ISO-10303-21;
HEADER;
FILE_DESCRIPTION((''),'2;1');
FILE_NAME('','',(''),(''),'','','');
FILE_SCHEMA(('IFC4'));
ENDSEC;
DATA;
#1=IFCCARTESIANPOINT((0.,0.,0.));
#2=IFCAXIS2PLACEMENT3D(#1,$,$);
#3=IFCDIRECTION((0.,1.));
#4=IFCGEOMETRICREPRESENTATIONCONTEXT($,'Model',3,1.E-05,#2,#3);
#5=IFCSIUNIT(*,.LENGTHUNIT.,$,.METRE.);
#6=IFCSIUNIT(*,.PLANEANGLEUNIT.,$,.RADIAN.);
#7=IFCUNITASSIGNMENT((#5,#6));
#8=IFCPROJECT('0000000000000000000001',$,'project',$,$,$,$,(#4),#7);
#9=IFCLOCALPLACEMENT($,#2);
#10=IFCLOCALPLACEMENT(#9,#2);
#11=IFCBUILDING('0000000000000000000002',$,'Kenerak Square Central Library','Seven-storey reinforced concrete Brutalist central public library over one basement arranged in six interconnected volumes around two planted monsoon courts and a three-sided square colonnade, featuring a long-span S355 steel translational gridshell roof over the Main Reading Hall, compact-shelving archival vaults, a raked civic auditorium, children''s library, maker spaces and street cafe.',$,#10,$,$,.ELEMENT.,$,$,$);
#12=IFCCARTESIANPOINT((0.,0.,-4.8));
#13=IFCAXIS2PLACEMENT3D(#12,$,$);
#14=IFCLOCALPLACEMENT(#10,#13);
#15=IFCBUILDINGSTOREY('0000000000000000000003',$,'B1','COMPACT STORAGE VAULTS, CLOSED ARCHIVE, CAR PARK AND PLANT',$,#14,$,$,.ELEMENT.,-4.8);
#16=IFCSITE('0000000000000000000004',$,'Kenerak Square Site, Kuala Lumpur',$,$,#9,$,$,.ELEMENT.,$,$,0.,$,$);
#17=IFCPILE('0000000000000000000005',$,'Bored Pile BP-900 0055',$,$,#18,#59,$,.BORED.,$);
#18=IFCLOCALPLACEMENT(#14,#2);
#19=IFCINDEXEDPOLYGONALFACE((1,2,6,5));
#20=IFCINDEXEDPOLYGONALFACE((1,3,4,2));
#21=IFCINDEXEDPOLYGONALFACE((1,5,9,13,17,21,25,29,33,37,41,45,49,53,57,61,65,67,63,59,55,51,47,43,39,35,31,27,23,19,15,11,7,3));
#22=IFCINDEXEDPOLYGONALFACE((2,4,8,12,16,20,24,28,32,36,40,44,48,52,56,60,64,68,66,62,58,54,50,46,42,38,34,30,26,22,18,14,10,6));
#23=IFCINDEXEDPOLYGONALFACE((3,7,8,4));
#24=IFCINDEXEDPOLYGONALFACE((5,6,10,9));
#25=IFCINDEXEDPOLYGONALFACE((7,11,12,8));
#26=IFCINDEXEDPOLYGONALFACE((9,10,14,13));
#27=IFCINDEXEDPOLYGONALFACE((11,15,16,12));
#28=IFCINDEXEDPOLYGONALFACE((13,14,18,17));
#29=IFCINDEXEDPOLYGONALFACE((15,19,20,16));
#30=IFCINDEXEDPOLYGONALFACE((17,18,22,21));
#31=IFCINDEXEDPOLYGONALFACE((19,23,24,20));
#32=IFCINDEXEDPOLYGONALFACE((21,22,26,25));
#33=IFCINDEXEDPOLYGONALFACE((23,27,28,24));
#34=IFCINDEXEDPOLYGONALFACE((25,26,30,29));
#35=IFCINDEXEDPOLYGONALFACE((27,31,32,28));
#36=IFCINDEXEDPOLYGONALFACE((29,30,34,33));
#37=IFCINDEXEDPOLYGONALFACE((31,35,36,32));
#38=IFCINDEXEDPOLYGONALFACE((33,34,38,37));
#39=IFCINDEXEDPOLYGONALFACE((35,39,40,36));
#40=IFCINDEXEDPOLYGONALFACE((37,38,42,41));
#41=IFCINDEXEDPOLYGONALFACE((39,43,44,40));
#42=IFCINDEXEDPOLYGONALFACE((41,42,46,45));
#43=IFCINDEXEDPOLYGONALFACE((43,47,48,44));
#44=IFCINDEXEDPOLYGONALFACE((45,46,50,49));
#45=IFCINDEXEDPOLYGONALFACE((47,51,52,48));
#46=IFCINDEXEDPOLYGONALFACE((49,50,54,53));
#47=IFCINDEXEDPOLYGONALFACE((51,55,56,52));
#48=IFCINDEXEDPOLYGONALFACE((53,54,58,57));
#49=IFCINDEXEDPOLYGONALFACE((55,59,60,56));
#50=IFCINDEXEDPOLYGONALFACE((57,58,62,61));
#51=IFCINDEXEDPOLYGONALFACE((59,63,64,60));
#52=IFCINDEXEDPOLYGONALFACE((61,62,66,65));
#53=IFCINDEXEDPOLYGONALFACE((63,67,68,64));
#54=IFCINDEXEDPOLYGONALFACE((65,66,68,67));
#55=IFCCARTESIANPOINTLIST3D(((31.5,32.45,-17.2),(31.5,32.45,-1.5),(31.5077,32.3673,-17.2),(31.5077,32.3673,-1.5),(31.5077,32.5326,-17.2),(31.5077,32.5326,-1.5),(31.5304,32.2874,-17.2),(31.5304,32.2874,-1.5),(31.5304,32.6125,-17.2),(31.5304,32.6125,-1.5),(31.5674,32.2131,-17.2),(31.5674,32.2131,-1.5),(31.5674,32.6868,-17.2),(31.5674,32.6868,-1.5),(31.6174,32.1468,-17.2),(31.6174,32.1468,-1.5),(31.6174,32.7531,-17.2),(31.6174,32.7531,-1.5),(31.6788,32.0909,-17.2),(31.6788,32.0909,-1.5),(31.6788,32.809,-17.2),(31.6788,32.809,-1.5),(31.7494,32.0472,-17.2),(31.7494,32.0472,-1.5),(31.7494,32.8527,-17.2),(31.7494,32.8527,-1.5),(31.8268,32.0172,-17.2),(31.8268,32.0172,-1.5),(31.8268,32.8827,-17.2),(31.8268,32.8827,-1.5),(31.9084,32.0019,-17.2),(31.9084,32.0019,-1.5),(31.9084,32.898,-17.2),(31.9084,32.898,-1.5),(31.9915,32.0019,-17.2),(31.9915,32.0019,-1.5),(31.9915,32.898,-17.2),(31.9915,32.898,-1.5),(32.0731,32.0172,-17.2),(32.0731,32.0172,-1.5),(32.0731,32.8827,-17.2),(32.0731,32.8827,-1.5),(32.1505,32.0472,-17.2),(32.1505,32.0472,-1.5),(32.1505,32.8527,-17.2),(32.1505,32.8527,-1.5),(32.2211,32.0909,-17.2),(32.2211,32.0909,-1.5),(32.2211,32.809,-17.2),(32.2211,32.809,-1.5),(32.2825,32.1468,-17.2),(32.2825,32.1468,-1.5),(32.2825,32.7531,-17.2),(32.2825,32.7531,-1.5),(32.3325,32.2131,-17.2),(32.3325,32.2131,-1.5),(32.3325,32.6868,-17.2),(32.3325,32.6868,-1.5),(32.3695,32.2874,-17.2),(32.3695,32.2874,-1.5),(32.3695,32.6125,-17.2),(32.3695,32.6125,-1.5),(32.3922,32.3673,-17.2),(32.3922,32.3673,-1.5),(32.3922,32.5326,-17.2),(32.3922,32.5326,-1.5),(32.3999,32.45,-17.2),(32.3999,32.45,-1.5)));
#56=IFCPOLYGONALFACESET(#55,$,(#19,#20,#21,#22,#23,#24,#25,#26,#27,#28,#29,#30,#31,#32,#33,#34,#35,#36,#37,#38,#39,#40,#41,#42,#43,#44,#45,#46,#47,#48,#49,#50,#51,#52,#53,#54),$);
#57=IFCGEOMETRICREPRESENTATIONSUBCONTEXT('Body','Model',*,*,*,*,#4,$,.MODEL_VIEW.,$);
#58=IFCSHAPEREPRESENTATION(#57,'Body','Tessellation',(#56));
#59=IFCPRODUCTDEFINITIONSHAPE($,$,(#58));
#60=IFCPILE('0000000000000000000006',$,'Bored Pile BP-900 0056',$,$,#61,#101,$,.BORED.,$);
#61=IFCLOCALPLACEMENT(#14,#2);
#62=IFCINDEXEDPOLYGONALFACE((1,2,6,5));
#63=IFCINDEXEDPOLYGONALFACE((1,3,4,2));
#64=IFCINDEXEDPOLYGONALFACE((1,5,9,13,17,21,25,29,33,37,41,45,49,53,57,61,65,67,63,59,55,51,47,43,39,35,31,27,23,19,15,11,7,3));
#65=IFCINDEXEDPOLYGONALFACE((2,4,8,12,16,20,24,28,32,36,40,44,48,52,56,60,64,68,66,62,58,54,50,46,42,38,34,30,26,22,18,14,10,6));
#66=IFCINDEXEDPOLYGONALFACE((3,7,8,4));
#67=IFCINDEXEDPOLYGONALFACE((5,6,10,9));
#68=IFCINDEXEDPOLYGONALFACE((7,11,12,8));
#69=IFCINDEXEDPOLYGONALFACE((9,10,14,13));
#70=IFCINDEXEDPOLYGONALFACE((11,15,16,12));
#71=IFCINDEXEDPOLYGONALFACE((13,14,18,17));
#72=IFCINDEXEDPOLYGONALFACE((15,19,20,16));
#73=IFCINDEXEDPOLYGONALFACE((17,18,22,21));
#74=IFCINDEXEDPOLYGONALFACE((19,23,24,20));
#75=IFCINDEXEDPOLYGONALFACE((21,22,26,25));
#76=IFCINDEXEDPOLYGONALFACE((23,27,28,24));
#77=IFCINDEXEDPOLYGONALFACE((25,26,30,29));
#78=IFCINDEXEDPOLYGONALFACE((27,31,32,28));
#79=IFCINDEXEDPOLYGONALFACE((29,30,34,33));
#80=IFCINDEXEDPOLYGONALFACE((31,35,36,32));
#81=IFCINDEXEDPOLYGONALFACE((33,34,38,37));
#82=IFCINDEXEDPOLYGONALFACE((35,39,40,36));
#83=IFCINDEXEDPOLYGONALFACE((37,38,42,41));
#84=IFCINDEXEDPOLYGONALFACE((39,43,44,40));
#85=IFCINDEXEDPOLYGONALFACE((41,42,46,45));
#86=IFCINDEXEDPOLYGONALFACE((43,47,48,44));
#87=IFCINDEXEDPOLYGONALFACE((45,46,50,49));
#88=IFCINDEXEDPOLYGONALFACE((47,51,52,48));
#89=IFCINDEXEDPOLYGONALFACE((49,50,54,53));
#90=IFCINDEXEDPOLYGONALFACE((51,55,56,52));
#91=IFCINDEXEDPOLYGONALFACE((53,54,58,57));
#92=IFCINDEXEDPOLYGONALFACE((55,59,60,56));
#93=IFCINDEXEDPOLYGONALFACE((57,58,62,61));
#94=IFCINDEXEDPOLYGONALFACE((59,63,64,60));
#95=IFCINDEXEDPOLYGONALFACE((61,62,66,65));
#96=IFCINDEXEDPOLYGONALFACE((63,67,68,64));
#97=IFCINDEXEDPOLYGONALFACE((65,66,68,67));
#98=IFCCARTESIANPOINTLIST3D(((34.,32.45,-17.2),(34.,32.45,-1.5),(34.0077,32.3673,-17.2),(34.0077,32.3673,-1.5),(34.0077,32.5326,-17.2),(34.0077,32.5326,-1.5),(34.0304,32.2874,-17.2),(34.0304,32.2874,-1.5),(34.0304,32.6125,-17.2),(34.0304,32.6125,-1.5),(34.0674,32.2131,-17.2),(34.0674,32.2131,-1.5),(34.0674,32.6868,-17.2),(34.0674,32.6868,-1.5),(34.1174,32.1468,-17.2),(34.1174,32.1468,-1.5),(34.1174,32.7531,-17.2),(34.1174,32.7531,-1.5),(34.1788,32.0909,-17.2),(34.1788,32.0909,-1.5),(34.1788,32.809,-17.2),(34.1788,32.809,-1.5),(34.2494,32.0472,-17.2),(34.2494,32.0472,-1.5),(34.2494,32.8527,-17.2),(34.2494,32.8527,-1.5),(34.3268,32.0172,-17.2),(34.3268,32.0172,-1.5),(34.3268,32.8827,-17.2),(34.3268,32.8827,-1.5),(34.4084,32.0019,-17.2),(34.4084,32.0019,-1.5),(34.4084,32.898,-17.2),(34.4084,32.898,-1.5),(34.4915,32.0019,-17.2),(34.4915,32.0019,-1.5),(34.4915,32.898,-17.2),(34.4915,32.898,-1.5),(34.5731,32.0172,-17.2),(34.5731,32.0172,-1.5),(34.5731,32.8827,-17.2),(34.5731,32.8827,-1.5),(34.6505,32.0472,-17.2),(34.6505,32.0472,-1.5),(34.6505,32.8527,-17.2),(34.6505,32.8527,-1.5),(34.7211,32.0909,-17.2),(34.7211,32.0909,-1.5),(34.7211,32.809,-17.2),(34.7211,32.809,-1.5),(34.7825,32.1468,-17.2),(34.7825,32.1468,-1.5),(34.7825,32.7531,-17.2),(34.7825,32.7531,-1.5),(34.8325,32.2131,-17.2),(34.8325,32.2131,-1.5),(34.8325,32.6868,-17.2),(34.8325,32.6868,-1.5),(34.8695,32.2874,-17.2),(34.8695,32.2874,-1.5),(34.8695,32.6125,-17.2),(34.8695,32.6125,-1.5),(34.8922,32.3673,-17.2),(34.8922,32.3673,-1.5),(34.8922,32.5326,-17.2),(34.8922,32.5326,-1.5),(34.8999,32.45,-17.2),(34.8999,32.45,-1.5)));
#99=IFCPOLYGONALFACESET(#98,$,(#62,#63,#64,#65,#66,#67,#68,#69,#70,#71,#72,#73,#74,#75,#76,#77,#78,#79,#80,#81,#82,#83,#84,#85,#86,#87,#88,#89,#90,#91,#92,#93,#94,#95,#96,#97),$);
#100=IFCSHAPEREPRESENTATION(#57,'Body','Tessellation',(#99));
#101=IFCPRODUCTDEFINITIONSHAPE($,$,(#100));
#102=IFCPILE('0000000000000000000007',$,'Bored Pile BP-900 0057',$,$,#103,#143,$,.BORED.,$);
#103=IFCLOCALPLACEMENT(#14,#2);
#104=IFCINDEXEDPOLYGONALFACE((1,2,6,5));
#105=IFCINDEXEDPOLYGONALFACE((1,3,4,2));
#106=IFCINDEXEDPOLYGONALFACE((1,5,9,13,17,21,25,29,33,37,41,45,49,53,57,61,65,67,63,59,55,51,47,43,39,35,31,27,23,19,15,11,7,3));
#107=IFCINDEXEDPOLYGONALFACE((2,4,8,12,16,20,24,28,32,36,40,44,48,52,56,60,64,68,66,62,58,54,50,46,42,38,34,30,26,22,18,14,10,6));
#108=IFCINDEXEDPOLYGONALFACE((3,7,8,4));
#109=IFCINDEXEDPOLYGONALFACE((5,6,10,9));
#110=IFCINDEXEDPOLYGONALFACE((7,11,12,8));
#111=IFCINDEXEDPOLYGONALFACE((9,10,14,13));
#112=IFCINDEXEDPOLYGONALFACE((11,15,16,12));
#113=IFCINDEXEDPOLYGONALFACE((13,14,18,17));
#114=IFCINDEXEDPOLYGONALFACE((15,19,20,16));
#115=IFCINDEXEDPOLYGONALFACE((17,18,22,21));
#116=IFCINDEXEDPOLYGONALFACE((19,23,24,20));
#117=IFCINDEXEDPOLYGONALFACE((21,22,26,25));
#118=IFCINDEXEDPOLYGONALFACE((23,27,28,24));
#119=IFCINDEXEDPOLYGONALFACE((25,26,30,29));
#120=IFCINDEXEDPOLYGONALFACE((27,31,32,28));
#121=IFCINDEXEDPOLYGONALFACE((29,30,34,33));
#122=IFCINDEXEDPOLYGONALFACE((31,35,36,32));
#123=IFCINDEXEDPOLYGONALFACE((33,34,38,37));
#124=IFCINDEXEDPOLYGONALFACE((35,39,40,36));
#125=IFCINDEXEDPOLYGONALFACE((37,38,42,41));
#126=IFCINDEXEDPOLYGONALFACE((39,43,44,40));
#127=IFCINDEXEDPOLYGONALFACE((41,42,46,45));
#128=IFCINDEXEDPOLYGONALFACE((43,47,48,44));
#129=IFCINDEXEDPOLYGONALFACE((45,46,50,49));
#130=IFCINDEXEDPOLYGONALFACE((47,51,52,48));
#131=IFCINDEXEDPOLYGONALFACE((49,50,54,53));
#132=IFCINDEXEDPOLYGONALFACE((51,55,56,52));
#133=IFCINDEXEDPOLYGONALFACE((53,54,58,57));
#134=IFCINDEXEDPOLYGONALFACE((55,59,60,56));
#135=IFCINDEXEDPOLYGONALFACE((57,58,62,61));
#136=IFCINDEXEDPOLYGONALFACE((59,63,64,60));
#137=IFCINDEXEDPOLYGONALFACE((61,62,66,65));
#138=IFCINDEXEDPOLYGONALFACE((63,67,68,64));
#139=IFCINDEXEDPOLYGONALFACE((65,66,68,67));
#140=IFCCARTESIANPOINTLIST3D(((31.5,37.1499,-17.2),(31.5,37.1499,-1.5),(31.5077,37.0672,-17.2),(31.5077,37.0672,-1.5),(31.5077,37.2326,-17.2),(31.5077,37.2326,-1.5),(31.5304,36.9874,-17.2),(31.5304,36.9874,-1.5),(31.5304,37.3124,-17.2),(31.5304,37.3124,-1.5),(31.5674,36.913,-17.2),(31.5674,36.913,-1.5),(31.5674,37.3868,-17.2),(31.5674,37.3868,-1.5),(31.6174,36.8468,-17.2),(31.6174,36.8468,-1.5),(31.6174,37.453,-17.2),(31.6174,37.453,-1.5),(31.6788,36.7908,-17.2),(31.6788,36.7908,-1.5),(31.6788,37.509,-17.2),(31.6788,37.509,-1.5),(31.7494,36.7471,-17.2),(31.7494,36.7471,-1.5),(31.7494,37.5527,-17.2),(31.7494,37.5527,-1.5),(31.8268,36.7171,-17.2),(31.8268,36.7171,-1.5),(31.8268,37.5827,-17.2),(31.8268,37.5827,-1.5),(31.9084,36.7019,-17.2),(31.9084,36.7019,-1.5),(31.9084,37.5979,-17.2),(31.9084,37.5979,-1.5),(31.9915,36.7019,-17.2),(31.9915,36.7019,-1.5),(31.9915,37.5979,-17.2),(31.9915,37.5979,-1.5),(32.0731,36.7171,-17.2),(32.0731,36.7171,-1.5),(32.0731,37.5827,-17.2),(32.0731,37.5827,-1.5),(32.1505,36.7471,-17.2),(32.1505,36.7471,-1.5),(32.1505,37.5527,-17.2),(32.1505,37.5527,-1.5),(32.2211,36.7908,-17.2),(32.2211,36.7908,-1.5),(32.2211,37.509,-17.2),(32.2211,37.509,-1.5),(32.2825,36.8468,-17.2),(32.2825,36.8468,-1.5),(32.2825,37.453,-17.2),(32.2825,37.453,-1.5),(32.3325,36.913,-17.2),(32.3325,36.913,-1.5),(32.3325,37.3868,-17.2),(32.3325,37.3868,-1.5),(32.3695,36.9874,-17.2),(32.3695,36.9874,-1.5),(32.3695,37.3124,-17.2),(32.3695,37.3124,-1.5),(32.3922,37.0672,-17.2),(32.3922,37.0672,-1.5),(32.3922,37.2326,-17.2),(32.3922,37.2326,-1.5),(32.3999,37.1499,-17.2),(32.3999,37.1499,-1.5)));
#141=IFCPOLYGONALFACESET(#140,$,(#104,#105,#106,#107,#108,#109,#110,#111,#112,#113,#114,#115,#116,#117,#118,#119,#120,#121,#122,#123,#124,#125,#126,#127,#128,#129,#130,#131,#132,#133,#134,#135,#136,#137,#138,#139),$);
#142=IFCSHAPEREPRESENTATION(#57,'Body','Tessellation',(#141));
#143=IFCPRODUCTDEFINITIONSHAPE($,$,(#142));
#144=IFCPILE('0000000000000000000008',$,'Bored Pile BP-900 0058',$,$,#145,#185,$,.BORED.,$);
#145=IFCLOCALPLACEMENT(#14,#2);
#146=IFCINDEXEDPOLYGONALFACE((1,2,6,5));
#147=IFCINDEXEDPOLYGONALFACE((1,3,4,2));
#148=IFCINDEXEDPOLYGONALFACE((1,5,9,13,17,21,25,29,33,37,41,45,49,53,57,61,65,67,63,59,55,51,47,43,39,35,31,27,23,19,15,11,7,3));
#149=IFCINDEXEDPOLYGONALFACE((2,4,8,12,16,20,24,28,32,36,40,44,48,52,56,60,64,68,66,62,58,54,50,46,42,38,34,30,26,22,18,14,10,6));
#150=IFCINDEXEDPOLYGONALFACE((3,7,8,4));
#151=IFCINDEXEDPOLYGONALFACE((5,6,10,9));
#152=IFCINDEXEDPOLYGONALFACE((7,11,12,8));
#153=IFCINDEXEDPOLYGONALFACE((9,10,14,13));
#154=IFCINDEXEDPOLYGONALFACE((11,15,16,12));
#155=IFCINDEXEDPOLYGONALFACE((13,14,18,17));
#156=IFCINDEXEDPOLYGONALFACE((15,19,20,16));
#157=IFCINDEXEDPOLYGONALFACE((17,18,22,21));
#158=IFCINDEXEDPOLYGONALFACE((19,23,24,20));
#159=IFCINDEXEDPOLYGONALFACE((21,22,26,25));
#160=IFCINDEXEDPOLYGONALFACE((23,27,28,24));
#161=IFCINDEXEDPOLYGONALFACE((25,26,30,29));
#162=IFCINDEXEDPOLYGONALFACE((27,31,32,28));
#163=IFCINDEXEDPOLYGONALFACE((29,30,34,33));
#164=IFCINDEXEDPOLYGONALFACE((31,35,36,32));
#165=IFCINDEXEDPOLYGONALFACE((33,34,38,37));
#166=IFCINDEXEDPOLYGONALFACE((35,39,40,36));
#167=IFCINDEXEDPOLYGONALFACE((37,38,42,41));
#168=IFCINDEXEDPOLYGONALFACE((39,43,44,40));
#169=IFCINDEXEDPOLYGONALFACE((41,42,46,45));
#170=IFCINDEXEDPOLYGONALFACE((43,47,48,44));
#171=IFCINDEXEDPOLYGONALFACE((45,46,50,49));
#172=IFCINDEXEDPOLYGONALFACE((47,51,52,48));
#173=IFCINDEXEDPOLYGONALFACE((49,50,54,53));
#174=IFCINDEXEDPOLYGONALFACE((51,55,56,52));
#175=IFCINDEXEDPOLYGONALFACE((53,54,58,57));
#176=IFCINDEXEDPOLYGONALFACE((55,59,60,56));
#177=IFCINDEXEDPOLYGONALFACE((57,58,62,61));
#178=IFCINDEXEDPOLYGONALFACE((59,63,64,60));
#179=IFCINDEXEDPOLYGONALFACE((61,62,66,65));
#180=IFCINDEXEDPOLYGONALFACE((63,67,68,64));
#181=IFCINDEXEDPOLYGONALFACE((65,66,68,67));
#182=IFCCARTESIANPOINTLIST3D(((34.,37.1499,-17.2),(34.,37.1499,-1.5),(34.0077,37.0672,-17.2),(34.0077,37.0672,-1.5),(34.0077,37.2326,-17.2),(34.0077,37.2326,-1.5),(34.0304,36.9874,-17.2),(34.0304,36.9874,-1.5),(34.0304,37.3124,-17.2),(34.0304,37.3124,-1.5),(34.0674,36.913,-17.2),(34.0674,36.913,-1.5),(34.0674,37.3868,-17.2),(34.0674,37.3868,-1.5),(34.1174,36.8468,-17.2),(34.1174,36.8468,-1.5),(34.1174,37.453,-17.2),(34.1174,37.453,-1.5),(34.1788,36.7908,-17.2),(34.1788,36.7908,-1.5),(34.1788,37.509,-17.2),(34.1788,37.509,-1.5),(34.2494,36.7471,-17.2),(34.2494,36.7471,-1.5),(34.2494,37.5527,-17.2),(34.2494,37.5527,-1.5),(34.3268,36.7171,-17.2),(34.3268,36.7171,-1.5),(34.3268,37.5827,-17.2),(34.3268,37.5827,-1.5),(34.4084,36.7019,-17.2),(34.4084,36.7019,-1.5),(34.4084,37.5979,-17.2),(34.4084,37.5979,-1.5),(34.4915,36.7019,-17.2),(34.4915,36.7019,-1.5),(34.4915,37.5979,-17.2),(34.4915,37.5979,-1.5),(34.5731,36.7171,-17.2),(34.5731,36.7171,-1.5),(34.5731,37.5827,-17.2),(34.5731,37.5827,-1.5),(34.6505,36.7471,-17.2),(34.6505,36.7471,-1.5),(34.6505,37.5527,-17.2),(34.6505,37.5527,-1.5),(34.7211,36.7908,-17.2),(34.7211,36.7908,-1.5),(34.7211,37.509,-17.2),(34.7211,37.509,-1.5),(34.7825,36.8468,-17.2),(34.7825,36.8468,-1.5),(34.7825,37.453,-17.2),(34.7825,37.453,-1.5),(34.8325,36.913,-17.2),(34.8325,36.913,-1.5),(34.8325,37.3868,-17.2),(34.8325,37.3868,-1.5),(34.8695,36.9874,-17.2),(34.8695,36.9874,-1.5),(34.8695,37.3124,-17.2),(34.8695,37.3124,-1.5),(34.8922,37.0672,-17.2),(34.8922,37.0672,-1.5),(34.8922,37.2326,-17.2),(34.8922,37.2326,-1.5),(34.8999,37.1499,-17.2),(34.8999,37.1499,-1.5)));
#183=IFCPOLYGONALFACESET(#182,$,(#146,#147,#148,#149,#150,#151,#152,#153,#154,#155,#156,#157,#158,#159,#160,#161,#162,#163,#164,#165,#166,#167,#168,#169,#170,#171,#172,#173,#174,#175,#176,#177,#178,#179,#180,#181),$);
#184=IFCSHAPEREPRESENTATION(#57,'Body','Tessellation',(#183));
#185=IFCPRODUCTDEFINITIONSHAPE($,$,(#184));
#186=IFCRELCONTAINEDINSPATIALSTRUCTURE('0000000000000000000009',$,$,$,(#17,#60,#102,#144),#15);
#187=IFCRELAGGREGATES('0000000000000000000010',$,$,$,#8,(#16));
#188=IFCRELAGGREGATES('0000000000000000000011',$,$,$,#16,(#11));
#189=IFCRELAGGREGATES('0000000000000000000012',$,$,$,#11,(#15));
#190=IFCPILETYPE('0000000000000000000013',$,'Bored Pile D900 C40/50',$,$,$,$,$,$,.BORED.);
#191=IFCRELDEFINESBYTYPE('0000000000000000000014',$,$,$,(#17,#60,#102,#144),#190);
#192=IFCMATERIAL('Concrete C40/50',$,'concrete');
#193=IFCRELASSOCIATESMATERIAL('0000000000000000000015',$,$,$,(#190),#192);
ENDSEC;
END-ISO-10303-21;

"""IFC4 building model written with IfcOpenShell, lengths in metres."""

from ifc_helpers import new_model, si_unit, direction, frame, origin, origin_2d, place, context, subcontext, project, spatial, circle, extrude, material, material_profile, profile_set, type_object, element, save


model = new_model("IFC4")

# Units and contexts
model_context = context("Model", 3, precision=1e-05, world=origin(), true_north=direction((0.0, 1.0)))
body_context = subcontext(model_context, "Body", "Model", "MODEL_VIEW")
ifc_project = project(units=[si_unit("LENGTHUNIT", "METRE"), si_unit("PLANEANGLEUNIT", "RADIAN")], contexts=[model_context])

# Site, building, storey
site_placement = place(None, origin())
site = spatial("IfcSite", under=ifc_project, at=site_placement, Name="Kenerak Square Site, Kuala Lumpur", CompositionType="ELEMENT", RefElevation=0.0)
building_placement = place(site_placement, origin())
building = spatial("IfcBuilding", under=site, at=building_placement, Name="Kenerak Square Central Library", Description="Seven-storey reinforced concrete Brutalist central public library over one basement arranged in six interconnected volumes around two planted monsoon courts and a three-sided square colonnade, featuring a long-span S355 steel translational gridshell roof over the Main Reading Hall, compact-shelving archival vaults, a raked civic auditorium, children's library, maker spaces and street cafe.", CompositionType="ELEMENT")
storey_placement = place(building_placement, frame((0.0, 0.0, -4.8)))
storey = spatial("IfcBuildingStorey", under=building, at=storey_placement, Name="B1", Description="COMPACT STORAGE VAULTS, CLOSED ARCHIVE, CAR PARK AND PLANT", CompositionType="ELEMENT", Elevation=-4.8)

# Piles
ifc_material_1 = material(Name="Concrete C40/50", Category="concrete")
ifc_material_profile_1 = material_profile(ifc_material_1, circle(Radius=0.45, at=origin_2d()), Name="BP D900")
ifc_profile_set_1 = profile_set([ifc_material_profile_1], Name="Concrete C40/50")
pile_type = type_object("IfcPileType", Name="Bored Pile D900 C40/50", PredefinedType="BORED", material=ifc_profile_set_1)
for number, where, z_axis, x_axis, name in (
    (1, (31.95, 32.45, -1.5), (0.0, 0.0, -1.0), (1.0, 0.0, 0.0), "Bored Pile BP-900 0055"),
    (2, (34.45, 32.45, -1.5), (0.0, 0.0, -1.0), (1.0, 0.0, 0.0), "Bored Pile BP-900 0056"),
    (3, (31.95, 37.1499, -1.5), (0.0, 0.0, -1.0), (1.0, 0.0, 0.0), "Bored Pile BP-900 0057"),
    (4, (34.45, 37.1499, -1.5), (0.0, 0.0, -1.0), (1.0, 0.0, 0.0), "Bored Pile BP-900 0058"),
):
    element("IfcPile", number, at=place(storey_placement, frame(where, z_axis=z_axis, x_axis=x_axis)), inside=storey, type_object=pile_type, Name=name, PredefinedType="BORED", context=body_context, shape_type="SweptSolid", body=[
        extrude(circle(Radius=0.45, at=origin_2d()), origin(), (0.0, 0.0, 1.0), 15.7),
    ])

save(model, "model.ifc")
